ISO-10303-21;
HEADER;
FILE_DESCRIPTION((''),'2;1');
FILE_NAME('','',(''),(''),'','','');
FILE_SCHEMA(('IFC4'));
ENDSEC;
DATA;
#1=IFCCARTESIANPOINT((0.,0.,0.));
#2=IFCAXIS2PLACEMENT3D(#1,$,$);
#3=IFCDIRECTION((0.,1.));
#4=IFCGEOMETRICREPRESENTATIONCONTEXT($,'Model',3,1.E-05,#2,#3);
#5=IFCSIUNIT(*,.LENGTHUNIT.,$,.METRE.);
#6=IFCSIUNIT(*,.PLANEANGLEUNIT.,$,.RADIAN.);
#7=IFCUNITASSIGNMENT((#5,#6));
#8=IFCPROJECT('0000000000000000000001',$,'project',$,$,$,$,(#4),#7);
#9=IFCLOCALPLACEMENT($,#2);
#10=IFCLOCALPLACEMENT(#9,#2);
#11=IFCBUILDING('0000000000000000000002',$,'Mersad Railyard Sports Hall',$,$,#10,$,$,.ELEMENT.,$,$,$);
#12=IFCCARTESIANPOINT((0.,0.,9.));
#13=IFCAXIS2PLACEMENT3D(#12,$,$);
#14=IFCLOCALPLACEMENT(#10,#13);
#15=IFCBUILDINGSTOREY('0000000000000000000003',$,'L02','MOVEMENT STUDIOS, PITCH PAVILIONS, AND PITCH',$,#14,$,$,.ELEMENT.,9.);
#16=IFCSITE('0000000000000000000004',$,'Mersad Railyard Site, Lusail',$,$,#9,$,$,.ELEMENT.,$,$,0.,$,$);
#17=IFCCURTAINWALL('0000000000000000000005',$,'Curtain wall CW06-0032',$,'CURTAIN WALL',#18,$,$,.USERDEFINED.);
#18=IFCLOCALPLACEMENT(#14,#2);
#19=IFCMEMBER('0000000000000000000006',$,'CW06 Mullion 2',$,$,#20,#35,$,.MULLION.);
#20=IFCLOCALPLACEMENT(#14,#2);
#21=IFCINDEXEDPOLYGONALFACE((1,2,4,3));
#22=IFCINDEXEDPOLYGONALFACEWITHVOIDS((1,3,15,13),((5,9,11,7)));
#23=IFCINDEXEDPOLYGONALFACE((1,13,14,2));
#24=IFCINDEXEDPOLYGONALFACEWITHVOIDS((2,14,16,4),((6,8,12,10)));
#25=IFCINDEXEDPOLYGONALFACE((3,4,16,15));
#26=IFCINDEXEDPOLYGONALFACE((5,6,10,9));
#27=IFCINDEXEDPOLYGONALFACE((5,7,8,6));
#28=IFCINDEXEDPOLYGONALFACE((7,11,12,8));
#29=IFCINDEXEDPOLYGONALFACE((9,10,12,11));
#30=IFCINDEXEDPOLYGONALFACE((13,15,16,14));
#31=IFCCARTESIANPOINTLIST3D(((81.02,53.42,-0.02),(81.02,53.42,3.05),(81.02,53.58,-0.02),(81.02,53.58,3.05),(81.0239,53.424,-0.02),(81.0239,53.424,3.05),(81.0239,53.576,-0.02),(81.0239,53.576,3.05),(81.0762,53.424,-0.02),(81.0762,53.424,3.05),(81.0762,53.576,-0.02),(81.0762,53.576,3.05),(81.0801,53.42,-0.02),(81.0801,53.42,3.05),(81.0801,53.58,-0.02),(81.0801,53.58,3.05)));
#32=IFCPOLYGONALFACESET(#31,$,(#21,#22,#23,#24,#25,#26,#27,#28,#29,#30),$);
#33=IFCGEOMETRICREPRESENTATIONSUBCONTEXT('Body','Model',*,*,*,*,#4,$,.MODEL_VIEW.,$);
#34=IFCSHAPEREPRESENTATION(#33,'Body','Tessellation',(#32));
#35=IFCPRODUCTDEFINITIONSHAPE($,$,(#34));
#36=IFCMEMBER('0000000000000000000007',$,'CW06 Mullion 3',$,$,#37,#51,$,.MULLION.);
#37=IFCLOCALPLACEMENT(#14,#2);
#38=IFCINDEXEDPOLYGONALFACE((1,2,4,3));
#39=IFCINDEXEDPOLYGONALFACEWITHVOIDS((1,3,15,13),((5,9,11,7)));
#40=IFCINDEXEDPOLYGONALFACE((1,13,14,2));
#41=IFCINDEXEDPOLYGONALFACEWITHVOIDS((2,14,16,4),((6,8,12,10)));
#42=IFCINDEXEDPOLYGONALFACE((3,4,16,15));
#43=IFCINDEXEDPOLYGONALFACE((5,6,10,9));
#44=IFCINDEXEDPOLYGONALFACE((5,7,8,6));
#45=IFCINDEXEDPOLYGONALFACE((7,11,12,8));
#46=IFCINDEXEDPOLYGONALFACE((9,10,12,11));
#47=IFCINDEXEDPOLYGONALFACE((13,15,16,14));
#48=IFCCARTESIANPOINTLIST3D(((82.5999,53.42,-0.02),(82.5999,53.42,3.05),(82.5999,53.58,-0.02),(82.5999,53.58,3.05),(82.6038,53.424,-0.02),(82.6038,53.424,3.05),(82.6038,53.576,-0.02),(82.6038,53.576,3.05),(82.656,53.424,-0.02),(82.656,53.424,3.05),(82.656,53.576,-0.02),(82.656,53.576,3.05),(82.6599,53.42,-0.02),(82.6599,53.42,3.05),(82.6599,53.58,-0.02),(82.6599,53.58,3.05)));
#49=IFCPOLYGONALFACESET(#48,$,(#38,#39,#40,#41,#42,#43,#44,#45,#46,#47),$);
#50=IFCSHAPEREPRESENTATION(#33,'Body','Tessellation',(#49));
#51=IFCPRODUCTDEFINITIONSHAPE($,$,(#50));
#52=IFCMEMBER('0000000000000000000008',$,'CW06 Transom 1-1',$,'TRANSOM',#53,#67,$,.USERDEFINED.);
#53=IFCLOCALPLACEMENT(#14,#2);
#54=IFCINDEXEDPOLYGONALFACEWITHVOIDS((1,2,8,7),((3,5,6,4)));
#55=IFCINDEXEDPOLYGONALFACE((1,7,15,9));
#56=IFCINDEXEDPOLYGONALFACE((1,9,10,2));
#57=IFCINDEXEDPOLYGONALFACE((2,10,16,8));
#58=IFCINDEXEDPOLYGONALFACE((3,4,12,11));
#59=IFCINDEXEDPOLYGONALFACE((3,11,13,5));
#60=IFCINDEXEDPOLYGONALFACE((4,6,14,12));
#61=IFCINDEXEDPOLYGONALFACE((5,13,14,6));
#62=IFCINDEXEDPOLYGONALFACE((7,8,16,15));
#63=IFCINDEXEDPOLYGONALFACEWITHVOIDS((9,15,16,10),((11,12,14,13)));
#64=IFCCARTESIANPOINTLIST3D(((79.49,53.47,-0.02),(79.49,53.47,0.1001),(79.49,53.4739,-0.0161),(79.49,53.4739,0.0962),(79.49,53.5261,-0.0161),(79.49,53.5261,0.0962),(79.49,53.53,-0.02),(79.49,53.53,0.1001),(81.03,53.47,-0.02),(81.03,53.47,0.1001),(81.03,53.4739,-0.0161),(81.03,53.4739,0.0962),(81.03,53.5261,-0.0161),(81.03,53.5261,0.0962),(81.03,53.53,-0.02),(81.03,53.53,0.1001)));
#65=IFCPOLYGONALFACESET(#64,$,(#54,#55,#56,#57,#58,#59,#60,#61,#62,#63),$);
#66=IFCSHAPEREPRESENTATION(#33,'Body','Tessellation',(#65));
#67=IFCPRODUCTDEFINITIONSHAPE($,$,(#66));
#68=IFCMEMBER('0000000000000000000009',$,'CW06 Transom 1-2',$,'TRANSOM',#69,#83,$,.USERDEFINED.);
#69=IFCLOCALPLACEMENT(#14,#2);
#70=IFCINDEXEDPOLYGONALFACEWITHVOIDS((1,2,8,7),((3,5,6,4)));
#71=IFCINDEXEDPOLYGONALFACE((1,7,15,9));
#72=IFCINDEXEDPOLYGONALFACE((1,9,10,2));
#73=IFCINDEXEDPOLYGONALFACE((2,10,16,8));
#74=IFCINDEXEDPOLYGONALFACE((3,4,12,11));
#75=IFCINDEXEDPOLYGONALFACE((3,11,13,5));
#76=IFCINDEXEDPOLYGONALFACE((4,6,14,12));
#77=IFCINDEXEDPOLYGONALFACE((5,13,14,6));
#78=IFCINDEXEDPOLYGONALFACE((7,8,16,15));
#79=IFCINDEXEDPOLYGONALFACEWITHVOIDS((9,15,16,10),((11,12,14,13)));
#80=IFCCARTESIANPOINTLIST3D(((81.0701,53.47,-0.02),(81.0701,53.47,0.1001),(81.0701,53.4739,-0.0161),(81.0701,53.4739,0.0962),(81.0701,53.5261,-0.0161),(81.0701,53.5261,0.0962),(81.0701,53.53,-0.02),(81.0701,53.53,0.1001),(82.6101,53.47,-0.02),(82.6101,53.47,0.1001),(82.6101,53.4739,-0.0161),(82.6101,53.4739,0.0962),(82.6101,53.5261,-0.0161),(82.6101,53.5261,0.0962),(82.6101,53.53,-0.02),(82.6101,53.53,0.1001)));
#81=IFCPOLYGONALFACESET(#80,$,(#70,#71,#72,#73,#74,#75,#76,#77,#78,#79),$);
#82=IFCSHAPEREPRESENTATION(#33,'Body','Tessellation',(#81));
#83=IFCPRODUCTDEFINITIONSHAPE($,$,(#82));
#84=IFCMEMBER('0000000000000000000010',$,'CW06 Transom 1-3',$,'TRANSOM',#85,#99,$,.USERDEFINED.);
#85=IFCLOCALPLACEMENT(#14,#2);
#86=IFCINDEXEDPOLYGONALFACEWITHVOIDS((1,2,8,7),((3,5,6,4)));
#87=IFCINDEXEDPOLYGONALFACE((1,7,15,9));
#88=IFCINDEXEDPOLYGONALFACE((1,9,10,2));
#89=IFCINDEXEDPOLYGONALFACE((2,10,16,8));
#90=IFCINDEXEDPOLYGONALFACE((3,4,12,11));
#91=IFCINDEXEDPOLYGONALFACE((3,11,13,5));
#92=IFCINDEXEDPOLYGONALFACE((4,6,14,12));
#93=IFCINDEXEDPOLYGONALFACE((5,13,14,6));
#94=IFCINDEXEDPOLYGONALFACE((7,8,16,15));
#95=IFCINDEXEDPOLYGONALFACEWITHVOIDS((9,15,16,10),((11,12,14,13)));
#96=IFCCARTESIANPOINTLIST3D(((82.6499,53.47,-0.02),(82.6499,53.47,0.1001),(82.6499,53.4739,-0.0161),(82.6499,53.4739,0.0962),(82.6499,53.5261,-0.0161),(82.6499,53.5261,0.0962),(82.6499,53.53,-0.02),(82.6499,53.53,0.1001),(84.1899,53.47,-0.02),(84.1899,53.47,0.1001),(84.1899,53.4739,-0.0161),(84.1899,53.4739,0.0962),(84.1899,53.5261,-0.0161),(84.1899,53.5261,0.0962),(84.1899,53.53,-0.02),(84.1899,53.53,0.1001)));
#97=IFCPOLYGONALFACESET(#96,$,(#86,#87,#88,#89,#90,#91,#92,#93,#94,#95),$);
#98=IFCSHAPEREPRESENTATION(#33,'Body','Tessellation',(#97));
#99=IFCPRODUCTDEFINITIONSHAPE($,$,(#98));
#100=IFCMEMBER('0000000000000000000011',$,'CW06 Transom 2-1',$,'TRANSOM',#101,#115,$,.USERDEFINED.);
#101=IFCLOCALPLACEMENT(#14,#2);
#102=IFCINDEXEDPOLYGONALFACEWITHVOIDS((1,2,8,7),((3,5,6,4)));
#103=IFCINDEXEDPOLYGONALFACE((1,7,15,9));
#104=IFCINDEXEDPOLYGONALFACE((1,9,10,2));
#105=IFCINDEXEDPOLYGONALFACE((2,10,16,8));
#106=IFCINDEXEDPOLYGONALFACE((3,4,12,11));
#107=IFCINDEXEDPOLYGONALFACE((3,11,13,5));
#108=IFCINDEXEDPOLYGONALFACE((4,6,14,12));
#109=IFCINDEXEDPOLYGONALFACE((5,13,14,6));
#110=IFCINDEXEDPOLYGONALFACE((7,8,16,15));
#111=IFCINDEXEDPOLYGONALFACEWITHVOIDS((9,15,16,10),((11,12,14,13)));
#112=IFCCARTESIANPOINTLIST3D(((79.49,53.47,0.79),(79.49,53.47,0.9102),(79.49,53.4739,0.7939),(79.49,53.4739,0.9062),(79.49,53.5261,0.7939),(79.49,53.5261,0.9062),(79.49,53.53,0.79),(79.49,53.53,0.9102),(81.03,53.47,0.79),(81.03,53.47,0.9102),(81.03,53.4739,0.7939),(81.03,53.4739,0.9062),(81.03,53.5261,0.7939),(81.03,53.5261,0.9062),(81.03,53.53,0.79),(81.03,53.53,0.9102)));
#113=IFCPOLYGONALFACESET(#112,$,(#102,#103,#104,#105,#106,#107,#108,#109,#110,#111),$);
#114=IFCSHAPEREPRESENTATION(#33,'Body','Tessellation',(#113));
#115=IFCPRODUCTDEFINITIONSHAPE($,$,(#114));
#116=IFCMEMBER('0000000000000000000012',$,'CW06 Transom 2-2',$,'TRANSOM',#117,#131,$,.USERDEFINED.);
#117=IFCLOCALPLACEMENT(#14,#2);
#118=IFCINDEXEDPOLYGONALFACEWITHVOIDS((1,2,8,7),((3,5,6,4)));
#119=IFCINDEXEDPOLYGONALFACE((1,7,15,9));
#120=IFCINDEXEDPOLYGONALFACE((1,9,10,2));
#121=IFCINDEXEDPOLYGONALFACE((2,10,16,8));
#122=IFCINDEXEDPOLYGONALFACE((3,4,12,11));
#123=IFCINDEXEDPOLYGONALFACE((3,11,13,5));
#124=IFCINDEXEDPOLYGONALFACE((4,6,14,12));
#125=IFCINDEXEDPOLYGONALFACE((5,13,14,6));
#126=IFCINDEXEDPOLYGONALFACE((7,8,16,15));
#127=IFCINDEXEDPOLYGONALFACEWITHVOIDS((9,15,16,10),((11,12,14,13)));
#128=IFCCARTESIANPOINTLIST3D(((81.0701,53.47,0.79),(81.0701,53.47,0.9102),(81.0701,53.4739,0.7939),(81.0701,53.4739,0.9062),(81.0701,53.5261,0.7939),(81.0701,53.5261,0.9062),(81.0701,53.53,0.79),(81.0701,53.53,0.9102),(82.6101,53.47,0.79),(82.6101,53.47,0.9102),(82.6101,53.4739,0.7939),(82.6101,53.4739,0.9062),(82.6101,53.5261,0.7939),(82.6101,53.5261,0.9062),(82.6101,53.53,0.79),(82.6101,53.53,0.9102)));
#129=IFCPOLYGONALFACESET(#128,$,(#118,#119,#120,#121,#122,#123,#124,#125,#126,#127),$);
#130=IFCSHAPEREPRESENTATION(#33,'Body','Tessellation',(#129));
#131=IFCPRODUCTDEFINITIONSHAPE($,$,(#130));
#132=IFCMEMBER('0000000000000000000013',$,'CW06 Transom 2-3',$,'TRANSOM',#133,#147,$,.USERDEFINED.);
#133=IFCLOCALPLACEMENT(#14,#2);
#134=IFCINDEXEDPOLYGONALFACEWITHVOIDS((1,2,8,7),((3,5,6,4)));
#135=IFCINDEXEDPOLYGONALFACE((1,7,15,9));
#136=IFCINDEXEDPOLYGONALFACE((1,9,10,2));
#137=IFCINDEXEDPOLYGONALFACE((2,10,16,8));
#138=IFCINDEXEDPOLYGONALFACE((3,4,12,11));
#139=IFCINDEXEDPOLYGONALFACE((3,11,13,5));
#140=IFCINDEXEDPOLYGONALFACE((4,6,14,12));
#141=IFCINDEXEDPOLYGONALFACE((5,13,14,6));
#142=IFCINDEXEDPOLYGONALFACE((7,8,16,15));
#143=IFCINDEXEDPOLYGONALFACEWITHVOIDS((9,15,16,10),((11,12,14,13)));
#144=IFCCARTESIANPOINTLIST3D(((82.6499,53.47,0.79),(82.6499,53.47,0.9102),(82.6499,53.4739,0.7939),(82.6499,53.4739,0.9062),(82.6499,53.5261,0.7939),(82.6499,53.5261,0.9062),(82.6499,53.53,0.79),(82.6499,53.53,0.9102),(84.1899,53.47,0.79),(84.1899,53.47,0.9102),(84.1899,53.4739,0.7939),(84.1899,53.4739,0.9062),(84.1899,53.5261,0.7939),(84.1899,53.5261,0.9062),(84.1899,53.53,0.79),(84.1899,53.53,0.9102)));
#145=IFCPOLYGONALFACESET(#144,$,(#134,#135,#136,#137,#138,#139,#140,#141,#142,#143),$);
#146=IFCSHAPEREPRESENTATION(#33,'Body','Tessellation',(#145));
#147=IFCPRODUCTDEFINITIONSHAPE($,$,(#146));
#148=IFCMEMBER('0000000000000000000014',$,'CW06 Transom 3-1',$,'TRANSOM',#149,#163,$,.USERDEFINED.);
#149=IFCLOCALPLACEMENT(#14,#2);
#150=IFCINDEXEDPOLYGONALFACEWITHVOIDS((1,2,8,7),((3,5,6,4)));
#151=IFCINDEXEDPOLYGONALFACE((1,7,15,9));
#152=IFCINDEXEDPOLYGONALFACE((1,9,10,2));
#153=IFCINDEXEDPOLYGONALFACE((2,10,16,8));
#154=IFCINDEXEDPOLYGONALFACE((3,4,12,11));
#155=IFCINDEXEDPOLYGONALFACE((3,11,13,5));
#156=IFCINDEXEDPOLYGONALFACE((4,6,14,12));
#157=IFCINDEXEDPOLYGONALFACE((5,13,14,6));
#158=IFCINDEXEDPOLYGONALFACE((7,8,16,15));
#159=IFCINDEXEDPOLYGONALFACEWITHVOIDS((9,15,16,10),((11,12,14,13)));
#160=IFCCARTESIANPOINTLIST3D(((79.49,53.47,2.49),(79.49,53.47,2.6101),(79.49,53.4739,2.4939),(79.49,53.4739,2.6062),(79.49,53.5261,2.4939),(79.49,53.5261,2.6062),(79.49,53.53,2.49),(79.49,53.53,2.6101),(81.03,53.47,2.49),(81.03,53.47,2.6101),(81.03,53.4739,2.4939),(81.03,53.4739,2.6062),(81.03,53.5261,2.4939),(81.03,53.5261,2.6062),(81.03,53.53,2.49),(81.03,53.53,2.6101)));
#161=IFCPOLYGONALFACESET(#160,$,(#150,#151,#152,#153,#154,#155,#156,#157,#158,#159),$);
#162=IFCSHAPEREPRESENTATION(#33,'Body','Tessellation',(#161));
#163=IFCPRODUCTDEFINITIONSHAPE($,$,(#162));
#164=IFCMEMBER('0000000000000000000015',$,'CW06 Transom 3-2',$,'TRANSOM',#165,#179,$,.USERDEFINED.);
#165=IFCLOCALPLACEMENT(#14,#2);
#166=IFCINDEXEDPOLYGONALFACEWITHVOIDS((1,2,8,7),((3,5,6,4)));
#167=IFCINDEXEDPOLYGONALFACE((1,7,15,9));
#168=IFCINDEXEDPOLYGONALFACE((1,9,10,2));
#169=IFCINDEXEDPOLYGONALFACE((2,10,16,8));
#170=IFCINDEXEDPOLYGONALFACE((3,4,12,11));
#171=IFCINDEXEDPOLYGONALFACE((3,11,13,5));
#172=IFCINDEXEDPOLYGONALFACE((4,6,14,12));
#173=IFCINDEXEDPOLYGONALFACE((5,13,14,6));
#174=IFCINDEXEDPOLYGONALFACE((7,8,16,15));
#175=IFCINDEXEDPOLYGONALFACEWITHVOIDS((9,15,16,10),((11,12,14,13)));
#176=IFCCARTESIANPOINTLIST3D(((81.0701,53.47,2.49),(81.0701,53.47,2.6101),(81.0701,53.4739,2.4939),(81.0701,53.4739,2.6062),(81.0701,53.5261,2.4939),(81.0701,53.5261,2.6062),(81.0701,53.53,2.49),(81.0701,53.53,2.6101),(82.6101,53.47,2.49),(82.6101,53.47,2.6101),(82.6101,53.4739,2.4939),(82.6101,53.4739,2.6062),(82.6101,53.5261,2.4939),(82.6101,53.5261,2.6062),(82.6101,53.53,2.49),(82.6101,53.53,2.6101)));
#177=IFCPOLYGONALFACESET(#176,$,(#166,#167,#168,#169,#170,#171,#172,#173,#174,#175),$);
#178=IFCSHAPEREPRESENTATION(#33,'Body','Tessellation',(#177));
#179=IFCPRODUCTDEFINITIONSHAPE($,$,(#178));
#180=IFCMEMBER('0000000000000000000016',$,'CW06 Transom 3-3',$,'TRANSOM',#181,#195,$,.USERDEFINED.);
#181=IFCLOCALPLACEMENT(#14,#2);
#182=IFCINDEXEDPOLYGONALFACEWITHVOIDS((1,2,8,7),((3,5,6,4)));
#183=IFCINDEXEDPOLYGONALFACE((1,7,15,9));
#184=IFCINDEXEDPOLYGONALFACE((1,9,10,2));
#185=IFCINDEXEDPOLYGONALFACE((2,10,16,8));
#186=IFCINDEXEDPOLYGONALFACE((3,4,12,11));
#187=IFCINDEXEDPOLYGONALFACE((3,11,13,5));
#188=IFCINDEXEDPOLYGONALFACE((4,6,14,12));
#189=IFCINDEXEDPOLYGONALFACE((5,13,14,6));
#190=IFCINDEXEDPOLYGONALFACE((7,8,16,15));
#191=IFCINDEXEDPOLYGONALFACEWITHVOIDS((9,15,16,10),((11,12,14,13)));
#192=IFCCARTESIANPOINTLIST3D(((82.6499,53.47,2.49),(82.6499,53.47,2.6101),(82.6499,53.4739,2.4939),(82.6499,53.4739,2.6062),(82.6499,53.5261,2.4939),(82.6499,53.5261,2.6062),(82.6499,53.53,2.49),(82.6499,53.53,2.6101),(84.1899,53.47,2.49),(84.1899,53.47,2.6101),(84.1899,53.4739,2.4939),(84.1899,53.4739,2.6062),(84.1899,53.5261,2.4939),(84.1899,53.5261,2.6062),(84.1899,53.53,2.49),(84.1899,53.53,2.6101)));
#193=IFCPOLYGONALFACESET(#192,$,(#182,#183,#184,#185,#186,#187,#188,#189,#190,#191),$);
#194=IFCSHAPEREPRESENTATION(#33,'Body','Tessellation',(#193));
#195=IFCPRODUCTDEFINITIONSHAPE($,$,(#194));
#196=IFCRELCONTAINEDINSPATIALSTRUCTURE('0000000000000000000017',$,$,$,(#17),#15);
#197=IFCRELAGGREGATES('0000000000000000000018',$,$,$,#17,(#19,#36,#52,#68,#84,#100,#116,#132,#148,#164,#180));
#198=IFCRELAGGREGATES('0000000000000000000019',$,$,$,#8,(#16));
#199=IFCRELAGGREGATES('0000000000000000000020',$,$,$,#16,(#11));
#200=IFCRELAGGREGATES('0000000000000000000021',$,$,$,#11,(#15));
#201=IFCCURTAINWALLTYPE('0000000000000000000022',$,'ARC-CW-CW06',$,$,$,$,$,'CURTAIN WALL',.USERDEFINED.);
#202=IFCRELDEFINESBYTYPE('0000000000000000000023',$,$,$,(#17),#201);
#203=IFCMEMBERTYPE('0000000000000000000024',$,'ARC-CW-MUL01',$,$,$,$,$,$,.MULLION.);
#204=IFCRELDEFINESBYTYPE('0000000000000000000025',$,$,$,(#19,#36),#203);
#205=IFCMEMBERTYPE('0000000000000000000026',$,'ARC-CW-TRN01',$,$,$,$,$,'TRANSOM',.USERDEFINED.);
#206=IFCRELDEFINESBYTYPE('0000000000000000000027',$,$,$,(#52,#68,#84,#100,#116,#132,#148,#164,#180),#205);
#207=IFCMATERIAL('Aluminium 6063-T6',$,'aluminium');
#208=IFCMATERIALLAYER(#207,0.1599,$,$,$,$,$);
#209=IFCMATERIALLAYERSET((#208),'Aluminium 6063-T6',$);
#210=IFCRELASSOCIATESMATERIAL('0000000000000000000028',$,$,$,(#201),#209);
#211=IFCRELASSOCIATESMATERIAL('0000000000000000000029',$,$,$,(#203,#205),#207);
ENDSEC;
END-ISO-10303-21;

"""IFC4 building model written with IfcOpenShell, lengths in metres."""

from ifc_helpers import new_model, si_unit, direction, frame, origin, origin_2d, place, context, subcontext, project, spatial, hollow_rectangle, extrude, material, layer, layer_set, material_profile, profile_set, type_object, element, aggregate, save


model = new_model("IFC4")

# Units and contexts
model_context = context("Model", 3, precision=1e-05, world=origin(), true_north=direction((0.0, 1.0)))
body_context = subcontext(model_context, "Body", "Model", "MODEL_VIEW")
ifc_project = project(units=[si_unit("LENGTHUNIT", "METRE"), si_unit("PLANEANGLEUNIT", "RADIAN")], contexts=[model_context])

# Site, building, storey
site_placement = place(None, origin())
site = spatial("IfcSite", under=ifc_project, at=site_placement, Name="Mersad Railyard Site, Lusail", CompositionType="ELEMENT", RefElevation=0.0)
building_placement = place(site_placement, origin())
building = spatial("IfcBuilding", under=site, at=building_placement, Name="Mersad Railyard Sports Hall", CompositionType="ELEMENT")
storey_placement = place(building_placement, frame((0.0, 0.0, 9.0)))
storey = spatial("IfcBuildingStorey", under=building, at=storey_placement, Name="L02", Description="MOVEMENT STUDIOS, PITCH PAVILIONS, AND PITCH", CompositionType="ELEMENT", Elevation=9.0)

# Curtain wall, members
ifc_material_1 = material(Name="Aluminium 6063-T6", Category="aluminium")
ifc_layer_1 = layer(ifc_material_1, 0.1599)
ifc_layer_set_1 = layer_set([ifc_layer_1], Name="Aluminium 6063-T6")
curtain_wall_type = type_object("IfcCurtainWallType", Name="ARC-CW-CW06", ElementType="CURTAIN WALL", PredefinedType="USERDEFINED", material=ifc_layer_set_1)
curtain_wall_placement = place(storey_placement, origin())
curtain_wall = element("IfcCurtainWall", 1, at=curtain_wall_placement, inside=storey, type_object=curtain_wall_type, Name="Curtain wall CW06-0032", ObjectType="CURTAIN WALL", PredefinedType="USERDEFINED")
ifc_material_profile_1 = material_profile(ifc_material_1, hollow_rectangle(XDim=0.0601, YDim=0.1599, WallThickness=0.0039, at=origin_2d()), Name="AL MULLION 60x160x4")
ifc_profile_set_1 = profile_set([ifc_material_profile_1], Name="Aluminium 6063-T6")
member_type_1 = type_object("IfcMemberType", Name="ARC-CW-MUL01", PredefinedType="MULLION", material=ifc_profile_set_1)
member_1_placement = place(storey_placement, frame((81.05, 53.5, -0.02), z_axis=(0.0, 0.0, 1.0), x_axis=(1.0, 0.0, 0.0)))
member_1 = element("IfcMember", 2, at=member_1_placement, type_object=member_type_1, Name="CW06 Mullion 2", PredefinedType="MULLION", context=body_context, shape_type="SweptSolid", body=[
    extrude(hollow_rectangle(XDim=0.0601, YDim=0.1599, WallThickness=0.0039, at=origin_2d()), origin(), (0.0, 0.0, 1.0), 3.0701),
])
member_2_placement = place(storey_placement, frame((82.6299, 53.5, -0.02), z_axis=(0.0, 0.0, 1.0), x_axis=(1.0, 0.0, 0.0)))
member_2 = element("IfcMember", 3, at=member_2_placement, type_object=member_type_1, Name="CW06 Mullion 3", PredefinedType="MULLION", context=body_context, shape_type="SweptSolid", body=[
    extrude(hollow_rectangle(XDim=0.0601, YDim=0.1599, WallThickness=0.0039, at=origin_2d()), origin(), (0.0, 0.0, 1.0), 3.0701),
])
ifc_material_profile_2 = material_profile(ifc_material_1, hollow_rectangle(XDim=0.0601, YDim=0.1201, WallThickness=0.0039, at=origin_2d()), Name="AL TRANSOM 60x120x4")
ifc_profile_set_2 = profile_set([ifc_material_profile_2], Name="Aluminium 6063-T6")
member_type_2 = type_object("IfcMemberType", Name="ARC-CW-TRN01", ElementType="TRANSOM", PredefinedType="USERDEFINED", material=ifc_profile_set_2)
member_3_placement = place(storey_placement, frame((79.49, 53.5, 0.04), z_axis=(1.0, 0.0, 0.0), x_axis=(0.0, 1.0, 0.0)))
member_3 = element("IfcMember", 4, at=member_3_placement, type_object=member_type_2, Name="CW06 Transom 1-1", ObjectType="TRANSOM", PredefinedType="USERDEFINED", context=body_context, shape_type="SweptSolid", body=[
    extrude(hollow_rectangle(XDim=0.0601, YDim=0.1201, WallThickness=0.0039, at=origin_2d()), origin(), (0.0, 0.0, 1.0), 1.54),
])
member_4_placement = place(storey_placement, frame((81.0701, 53.5, 0.04), z_axis=(1.0, 0.0, 0.0), x_axis=(0.0, 1.0, 0.0)))
member_4 = element("IfcMember", 5, at=member_4_placement, type_object=member_type_2, Name="CW06 Transom 1-2", ObjectType="TRANSOM", PredefinedType="USERDEFINED", context=body_context, shape_type="SweptSolid", body=[
    extrude(hollow_rectangle(XDim=0.0601, YDim=0.1201, WallThickness=0.0039, at=origin_2d()), origin(), (0.0, 0.0, 1.0), 1.54),
])
member_5_placement = place(storey_placement, frame((82.6499, 53.5, 0.04), z_axis=(1.0, 0.0, 0.0), x_axis=(0.0, 1.0, 0.0)))
member_5 = element("IfcMember", 6, at=member_5_placement, type_object=member_type_2, Name="CW06 Transom 1-3", ObjectType="TRANSOM", PredefinedType="USERDEFINED", context=body_context, shape_type="SweptSolid", body=[
    extrude(hollow_rectangle(XDim=0.0601, YDim=0.1201, WallThickness=0.0039, at=origin_2d()), origin(), (0.0, 0.0, 1.0), 1.54),
])
member_6_placement = place(storey_placement, frame((79.49, 53.5, 0.8501), z_axis=(1.0, 0.0, 0.0), x_axis=(0.0, 1.0, 0.0)))
member_6 = element("IfcMember", 7, at=member_6_placement, type_object=member_type_2, Name="CW06 Transom 2-1", ObjectType="TRANSOM", PredefinedType="USERDEFINED", context=body_context, shape_type="SweptSolid", body=[
    extrude(hollow_rectangle(XDim=0.0601, YDim=0.1201, WallThickness=0.0039, at=origin_2d()), origin(), (0.0, 0.0, 1.0), 1.54),
])
member_7_placement = place(storey_placement, frame((81.0701, 53.5, 0.8501), z_axis=(1.0, 0.0, 0.0), x_axis=(0.0, 1.0, 0.0)))
member_7 = element("IfcMember", 8, at=member_7_placement, type_object=member_type_2, Name="CW06 Transom 2-2", ObjectType="TRANSOM", PredefinedType="USERDEFINED", context=body_context, shape_type="SweptSolid", body=[
    extrude(hollow_rectangle(XDim=0.0601, YDim=0.1201, WallThickness=0.0039, at=origin_2d()), origin(), (0.0, 0.0, 1.0), 1.54),
])
member_8_placement = place(storey_placement, frame((82.6499, 53.5, 0.8501), z_axis=(1.0, 0.0, 0.0), x_axis=(0.0, 1.0, 0.0)))
member_8 = element("IfcMember", 9, at=member_8_placement, type_object=member_type_2, Name="CW06 Transom 2-3", ObjectType="TRANSOM", PredefinedType="USERDEFINED", context=body_context, shape_type="SweptSolid", body=[
    extrude(hollow_rectangle(XDim=0.0601, YDim=0.1201, WallThickness=0.0039, at=origin_2d()), origin(), (0.0, 0.0, 1.0), 1.54),
])
member_9_placement = place(storey_placement, frame((79.49, 53.5, 2.55), z_axis=(1.0, 0.0, 0.0), x_axis=(0.0, 1.0, 0.0)))
member_9 = element("IfcMember", 10, at=member_9_placement, type_object=member_type_2, Name="CW06 Transom 3-1", ObjectType="TRANSOM", PredefinedType="USERDEFINED", context=body_context, shape_type="SweptSolid", body=[
    extrude(hollow_rectangle(XDim=0.0601, YDim=0.1201, WallThickness=0.0039, at=origin_2d()), origin(), (0.0, 0.0, 1.0), 1.54),
])
member_10_placement = place(storey_placement, frame((81.0701, 53.5, 2.55), z_axis=(1.0, 0.0, 0.0), x_axis=(0.0, 1.0, 0.0)))
member_10 = element("IfcMember", 11, at=member_10_placement, type_object=member_type_2, Name="CW06 Transom 3-2", ObjectType="TRANSOM", PredefinedType="USERDEFINED", context=body_context, shape_type="SweptSolid", body=[
    extrude(hollow_rectangle(XDim=0.0601, YDim=0.1201, WallThickness=0.0039, at=origin_2d()), origin(), (0.0, 0.0, 1.0), 1.54),
])
member_11_placement = place(storey_placement, frame((82.6499, 53.5, 2.55), z_axis=(1.0, 0.0, 0.0), x_axis=(0.0, 1.0, 0.0)))
member_11 = element("IfcMember", 12, at=member_11_placement, type_object=member_type_2, Name="CW06 Transom 3-3", ObjectType="TRANSOM", PredefinedType="USERDEFINED", context=body_context, shape_type="SweptSolid", body=[
    extrude(hollow_rectangle(XDim=0.0601, YDim=0.1201, WallThickness=0.0039, at=origin_2d()), origin(), (0.0, 0.0, 1.0), 1.54),
])
aggregate(curtain_wall, [member_1, member_2, member_3, member_4, member_5, member_6, member_7, member_8, member_9, member_10, member_11])

save(model, "model.ifc")
